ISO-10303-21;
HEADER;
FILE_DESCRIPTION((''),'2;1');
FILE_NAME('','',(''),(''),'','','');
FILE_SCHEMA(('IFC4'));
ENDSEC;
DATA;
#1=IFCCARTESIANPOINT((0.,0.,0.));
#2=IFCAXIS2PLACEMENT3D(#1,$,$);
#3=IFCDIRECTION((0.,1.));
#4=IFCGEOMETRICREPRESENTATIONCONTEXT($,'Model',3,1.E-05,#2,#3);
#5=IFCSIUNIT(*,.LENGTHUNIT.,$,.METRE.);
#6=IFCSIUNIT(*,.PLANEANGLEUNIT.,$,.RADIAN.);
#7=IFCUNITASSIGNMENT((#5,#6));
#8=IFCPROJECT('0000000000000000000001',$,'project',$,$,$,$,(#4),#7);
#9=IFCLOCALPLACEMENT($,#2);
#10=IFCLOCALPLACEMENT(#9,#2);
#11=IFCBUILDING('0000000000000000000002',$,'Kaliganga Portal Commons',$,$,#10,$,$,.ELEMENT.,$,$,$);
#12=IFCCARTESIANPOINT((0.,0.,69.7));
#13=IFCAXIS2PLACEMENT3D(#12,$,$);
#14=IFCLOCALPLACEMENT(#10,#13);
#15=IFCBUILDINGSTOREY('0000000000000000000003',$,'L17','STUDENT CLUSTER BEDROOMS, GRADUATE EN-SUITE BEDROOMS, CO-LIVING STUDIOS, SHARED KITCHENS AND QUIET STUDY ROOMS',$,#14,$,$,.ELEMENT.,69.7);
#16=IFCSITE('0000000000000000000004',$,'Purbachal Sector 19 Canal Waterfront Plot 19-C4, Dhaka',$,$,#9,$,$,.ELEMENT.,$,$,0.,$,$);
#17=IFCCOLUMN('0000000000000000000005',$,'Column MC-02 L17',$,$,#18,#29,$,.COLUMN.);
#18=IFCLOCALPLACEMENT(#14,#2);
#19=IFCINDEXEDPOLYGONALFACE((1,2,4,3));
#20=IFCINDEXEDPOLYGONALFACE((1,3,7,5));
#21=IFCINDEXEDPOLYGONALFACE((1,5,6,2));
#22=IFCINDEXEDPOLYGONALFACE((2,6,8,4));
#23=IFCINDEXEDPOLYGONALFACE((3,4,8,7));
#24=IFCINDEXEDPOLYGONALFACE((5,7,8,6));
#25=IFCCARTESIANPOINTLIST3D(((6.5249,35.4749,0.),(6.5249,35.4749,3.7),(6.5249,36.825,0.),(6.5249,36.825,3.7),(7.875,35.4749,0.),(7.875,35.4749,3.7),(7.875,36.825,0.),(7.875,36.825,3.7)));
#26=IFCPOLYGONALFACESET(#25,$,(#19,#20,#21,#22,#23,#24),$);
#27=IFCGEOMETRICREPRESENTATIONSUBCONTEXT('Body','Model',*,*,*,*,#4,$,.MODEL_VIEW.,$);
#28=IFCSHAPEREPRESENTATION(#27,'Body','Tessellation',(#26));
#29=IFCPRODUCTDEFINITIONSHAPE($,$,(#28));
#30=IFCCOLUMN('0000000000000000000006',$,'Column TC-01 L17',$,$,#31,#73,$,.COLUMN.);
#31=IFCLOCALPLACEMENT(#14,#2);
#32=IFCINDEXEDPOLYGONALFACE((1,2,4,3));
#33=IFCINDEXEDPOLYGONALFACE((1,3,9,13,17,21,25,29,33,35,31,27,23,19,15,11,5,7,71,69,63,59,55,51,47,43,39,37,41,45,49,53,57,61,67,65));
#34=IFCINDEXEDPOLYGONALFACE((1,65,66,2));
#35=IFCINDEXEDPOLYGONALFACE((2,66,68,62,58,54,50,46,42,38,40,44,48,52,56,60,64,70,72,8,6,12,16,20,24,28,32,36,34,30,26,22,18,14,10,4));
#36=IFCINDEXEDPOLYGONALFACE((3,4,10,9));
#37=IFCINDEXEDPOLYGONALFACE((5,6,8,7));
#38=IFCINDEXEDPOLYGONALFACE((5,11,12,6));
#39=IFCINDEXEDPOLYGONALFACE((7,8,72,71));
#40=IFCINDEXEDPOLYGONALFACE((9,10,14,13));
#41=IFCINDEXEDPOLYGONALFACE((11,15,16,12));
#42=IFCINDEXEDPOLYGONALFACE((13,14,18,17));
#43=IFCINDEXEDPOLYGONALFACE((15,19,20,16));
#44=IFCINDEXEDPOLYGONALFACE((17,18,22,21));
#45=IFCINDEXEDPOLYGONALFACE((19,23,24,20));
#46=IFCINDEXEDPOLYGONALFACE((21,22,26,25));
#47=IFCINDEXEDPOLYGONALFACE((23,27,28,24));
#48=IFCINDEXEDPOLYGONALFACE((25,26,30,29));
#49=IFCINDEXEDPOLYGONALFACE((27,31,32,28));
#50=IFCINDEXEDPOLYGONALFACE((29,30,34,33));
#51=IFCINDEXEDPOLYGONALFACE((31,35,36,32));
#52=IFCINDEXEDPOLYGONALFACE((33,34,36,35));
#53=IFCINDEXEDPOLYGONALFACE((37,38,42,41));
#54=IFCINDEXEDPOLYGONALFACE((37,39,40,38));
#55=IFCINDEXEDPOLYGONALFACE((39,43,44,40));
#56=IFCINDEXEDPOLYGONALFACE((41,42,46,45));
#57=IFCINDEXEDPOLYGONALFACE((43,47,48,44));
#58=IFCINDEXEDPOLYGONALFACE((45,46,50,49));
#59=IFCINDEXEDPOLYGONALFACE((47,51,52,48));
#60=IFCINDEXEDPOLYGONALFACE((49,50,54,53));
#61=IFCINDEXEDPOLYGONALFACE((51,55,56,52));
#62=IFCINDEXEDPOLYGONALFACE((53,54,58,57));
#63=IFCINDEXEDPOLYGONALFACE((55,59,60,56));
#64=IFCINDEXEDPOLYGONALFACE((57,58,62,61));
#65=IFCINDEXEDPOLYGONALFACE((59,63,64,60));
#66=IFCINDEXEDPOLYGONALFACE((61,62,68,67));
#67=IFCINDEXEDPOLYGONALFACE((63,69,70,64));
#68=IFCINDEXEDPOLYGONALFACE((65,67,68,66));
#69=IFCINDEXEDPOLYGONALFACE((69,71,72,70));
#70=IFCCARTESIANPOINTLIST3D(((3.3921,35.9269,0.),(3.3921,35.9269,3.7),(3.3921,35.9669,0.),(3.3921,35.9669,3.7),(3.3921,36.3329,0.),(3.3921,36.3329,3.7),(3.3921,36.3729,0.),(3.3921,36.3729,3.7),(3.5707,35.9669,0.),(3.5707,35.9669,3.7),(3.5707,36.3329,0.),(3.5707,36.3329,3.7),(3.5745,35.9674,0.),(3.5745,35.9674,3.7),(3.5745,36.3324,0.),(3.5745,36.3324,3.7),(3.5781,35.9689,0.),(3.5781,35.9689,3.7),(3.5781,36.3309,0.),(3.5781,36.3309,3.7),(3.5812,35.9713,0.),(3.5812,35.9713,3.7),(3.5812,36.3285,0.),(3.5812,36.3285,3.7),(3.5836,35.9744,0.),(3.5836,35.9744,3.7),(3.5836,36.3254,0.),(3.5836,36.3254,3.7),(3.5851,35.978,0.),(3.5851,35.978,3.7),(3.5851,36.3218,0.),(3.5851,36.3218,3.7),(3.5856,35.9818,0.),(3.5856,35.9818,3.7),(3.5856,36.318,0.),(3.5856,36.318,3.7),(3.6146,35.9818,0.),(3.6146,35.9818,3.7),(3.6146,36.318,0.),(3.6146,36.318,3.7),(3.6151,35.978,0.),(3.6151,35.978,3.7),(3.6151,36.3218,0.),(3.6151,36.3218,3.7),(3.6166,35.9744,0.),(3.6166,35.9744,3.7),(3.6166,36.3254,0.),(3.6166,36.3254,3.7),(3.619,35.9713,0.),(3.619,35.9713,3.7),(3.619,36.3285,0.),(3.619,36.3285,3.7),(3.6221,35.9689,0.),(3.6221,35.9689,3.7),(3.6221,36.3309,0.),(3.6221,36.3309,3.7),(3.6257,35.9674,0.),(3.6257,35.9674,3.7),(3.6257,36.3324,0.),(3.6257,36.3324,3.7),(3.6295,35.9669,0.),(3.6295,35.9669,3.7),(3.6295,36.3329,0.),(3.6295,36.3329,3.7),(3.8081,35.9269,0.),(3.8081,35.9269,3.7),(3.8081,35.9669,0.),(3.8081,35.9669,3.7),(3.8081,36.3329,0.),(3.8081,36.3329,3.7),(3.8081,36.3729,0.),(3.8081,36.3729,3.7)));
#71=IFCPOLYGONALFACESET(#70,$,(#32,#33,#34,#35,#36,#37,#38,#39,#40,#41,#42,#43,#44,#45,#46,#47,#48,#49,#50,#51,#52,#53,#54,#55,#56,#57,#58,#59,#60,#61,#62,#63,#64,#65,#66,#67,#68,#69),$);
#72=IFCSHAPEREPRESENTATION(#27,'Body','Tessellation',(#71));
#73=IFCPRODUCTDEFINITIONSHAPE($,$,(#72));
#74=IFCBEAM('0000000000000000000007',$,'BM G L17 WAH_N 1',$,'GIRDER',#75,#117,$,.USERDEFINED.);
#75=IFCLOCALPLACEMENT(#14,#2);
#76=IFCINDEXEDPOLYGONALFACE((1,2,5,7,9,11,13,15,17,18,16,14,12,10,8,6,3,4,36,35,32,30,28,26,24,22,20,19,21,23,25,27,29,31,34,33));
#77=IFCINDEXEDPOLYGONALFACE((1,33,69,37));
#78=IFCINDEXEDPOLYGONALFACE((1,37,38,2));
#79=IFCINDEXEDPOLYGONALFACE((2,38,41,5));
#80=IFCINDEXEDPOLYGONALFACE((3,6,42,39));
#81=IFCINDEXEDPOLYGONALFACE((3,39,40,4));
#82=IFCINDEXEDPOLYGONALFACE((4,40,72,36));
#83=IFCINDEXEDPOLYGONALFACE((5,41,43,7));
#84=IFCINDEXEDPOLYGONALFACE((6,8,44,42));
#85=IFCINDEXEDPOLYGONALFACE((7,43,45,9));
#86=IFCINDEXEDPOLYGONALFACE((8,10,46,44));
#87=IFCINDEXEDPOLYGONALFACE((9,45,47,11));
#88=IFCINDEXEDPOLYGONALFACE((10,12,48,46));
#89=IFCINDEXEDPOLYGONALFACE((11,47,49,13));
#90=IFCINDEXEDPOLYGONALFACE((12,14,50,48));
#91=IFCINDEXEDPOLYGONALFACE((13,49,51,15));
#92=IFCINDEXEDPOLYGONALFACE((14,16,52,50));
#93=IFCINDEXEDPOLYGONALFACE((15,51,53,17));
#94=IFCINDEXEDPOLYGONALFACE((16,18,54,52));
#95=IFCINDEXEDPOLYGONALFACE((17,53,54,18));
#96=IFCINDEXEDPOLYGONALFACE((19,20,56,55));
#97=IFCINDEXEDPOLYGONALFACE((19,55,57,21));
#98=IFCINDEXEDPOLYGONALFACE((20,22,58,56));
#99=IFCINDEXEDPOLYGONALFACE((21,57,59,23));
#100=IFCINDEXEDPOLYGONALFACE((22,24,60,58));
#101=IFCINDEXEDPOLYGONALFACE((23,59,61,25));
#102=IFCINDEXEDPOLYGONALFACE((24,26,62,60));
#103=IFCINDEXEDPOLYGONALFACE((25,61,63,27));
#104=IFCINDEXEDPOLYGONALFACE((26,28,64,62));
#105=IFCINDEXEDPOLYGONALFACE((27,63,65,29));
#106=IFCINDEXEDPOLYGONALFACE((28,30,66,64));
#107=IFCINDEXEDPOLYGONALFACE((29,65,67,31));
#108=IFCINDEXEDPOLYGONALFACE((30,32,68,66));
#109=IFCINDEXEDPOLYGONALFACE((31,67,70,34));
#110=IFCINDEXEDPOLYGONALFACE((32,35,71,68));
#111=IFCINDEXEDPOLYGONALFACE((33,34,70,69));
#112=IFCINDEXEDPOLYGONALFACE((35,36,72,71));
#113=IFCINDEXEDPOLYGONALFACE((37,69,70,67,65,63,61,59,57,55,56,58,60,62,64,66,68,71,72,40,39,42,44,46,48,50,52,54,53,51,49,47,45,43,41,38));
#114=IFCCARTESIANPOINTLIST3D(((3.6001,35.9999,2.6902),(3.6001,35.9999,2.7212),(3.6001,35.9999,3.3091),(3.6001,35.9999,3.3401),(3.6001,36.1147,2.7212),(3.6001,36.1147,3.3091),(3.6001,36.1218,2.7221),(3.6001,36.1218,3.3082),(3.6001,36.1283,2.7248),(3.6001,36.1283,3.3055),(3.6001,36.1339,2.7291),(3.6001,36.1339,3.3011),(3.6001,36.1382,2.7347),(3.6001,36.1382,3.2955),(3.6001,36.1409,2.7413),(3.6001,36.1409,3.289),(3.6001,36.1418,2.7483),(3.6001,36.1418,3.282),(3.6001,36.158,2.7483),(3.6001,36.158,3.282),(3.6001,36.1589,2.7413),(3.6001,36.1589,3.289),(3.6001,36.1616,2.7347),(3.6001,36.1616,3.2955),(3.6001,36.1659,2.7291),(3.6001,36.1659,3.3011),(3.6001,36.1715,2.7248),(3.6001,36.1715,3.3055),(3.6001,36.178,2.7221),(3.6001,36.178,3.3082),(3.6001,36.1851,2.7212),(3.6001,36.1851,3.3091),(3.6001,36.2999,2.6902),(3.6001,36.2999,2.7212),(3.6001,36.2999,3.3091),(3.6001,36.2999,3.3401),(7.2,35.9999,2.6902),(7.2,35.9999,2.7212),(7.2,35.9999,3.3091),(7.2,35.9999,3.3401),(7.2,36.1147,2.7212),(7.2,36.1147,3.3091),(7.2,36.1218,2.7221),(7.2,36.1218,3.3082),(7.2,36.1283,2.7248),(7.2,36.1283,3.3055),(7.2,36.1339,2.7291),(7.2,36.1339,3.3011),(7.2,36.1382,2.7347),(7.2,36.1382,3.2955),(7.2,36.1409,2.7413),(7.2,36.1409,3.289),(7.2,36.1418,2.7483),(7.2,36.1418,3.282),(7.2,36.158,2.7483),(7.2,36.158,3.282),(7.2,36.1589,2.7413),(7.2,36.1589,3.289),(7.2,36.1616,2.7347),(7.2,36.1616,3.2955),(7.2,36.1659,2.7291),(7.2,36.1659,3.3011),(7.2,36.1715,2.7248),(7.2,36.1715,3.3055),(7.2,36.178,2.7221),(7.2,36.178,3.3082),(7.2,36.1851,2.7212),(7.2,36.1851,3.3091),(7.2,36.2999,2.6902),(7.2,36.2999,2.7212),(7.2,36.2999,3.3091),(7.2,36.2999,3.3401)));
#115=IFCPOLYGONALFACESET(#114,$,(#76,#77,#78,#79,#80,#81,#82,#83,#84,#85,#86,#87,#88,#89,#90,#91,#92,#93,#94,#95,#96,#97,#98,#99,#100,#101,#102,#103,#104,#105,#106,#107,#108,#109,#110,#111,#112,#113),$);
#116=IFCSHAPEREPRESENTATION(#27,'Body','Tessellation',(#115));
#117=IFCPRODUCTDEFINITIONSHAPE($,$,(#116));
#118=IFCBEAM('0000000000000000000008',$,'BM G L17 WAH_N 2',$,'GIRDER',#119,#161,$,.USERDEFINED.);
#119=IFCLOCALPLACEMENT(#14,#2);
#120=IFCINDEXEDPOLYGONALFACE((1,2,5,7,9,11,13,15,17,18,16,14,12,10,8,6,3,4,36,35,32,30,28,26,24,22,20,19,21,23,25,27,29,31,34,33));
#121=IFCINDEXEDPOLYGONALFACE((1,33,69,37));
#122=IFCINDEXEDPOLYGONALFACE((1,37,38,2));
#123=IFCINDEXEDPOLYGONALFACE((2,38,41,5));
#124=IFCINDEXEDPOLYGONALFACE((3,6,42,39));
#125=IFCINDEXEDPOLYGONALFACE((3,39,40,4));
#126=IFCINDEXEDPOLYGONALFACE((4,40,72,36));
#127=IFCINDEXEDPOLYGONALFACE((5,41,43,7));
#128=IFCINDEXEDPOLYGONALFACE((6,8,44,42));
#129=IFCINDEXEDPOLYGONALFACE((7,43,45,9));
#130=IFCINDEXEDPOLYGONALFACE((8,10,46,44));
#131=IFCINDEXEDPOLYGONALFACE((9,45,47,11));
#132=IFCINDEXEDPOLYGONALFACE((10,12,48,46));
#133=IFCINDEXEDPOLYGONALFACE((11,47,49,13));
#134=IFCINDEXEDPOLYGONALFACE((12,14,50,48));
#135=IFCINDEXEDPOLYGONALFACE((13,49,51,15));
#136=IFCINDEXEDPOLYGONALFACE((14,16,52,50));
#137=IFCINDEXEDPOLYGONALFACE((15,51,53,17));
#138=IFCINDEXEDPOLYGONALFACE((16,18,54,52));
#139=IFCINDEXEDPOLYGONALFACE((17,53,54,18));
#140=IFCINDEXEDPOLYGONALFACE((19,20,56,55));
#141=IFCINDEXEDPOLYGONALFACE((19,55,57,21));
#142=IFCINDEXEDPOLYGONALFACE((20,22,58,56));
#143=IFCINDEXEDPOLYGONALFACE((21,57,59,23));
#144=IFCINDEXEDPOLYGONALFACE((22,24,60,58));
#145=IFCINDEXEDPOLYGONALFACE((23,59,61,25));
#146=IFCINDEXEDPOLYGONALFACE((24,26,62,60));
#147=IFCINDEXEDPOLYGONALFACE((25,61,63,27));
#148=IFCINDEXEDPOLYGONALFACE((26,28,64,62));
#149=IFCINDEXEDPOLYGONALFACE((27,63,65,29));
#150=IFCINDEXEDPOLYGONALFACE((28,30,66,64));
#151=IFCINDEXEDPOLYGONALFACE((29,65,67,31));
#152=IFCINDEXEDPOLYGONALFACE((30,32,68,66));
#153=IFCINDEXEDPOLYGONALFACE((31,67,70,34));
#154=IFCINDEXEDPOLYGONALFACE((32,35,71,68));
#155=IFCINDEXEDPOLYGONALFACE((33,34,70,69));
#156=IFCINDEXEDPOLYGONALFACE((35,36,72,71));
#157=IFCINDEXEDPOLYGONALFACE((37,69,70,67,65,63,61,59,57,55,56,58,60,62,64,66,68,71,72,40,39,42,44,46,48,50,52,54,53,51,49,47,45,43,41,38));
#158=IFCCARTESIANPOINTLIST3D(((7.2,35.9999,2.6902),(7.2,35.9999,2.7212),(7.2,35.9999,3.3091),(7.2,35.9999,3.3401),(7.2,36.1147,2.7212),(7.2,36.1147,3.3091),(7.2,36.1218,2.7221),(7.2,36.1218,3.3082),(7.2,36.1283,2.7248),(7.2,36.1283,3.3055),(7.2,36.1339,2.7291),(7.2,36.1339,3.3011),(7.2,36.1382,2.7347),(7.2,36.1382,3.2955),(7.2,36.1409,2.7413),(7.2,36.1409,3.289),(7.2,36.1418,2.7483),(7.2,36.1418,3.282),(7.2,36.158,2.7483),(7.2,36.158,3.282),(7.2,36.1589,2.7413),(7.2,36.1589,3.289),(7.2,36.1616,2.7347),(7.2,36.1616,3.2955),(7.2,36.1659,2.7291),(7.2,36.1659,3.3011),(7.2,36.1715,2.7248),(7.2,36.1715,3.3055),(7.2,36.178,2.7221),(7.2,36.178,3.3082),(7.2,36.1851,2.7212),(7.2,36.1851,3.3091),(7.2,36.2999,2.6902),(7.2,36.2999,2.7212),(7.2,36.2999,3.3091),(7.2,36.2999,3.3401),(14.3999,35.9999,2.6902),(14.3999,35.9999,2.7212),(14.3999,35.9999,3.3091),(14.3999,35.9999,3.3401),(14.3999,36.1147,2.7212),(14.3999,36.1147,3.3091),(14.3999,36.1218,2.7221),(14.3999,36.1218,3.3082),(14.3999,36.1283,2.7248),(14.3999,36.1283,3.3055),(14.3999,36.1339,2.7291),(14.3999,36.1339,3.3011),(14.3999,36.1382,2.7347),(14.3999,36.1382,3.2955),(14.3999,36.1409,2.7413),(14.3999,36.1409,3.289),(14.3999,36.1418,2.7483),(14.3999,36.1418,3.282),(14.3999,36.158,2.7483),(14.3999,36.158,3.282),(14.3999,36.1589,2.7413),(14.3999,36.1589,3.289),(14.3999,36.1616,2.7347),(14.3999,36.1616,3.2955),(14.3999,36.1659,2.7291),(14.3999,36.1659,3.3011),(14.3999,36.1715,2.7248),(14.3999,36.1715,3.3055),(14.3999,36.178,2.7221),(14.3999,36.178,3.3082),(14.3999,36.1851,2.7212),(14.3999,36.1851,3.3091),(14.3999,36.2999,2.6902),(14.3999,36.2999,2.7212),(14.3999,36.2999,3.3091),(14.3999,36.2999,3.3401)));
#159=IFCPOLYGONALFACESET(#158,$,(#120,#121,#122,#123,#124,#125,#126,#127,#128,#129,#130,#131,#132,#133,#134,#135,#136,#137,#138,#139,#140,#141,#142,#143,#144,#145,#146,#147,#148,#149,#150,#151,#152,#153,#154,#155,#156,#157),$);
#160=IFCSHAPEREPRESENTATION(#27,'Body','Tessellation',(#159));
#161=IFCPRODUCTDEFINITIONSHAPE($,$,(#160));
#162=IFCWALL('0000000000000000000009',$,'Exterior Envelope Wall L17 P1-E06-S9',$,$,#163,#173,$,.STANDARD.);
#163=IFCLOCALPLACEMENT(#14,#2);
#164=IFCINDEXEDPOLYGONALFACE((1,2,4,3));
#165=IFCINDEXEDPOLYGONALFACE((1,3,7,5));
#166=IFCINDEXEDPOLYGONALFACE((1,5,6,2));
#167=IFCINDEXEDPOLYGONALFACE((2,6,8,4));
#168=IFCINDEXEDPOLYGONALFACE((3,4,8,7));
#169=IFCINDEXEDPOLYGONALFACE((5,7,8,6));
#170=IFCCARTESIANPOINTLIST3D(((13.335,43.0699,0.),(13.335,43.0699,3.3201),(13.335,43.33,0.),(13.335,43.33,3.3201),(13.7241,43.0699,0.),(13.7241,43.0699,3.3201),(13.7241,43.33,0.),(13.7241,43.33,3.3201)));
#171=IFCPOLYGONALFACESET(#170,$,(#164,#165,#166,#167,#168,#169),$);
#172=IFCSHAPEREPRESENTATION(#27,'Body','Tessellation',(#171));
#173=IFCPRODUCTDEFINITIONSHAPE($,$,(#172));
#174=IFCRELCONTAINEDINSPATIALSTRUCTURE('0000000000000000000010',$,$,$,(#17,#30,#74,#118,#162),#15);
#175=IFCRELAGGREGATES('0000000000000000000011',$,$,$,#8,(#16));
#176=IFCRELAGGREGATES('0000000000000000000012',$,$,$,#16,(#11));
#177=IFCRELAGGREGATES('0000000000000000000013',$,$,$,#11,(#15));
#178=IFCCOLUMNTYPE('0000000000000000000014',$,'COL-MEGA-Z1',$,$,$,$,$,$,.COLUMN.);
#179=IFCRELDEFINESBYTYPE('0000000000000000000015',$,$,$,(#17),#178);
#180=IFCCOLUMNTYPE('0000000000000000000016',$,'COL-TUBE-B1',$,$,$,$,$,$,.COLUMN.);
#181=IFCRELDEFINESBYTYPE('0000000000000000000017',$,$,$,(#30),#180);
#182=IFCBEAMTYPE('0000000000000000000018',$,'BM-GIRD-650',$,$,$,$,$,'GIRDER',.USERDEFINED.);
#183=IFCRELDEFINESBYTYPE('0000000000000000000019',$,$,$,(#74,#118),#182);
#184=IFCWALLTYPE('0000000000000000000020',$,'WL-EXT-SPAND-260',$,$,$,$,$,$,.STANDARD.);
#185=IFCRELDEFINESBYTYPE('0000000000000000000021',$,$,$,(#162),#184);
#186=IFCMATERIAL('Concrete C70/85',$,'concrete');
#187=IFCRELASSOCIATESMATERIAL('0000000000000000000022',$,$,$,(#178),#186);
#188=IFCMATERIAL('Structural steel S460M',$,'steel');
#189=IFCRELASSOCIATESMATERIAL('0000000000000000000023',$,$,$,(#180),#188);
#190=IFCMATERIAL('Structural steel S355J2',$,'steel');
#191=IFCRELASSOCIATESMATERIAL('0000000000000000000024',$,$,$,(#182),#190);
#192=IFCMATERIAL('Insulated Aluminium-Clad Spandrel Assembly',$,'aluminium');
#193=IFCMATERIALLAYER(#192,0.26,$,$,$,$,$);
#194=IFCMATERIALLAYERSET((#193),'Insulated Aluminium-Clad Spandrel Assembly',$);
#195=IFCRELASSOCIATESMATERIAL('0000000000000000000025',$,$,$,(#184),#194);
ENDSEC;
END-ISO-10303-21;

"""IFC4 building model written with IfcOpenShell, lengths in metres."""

from ifc_helpers import new_model, si_unit, direction, frame, frame_2d, origin, origin_2d, place, context, subcontext, project, spatial, rectangle, i_section, extrude, source, transform, mapped, material, layer, layer_set, material_profile, profile_set, type_object, element, save


model = new_model("IFC4")

# Units and contexts
model_context = context("Model", 3, precision=1e-05, world=origin(), true_north=direction((0.0, 1.0)))
body_context = subcontext(model_context, "Body", "Model", "MODEL_VIEW")
ifc_project = project(units=[si_unit("LENGTHUNIT", "METRE"), si_unit("PLANEANGLEUNIT", "RADIAN")], contexts=[model_context])

# Site, building, storey
site_placement = place(None, origin())
site = spatial("IfcSite", under=ifc_project, at=site_placement, Name="Purbachal Sector 19 Canal Waterfront Plot 19-C4, Dhaka", CompositionType="ELEMENT", RefElevation=0.0)
building_placement = place(site_placement, origin())
building = spatial("IfcBuilding", under=site, at=building_placement, Name="Kaliganga Portal Commons", CompositionType="ELEMENT")
storey_placement = place(building_placement, frame((0.0, 0.0, 69.7)))
storey = spatial("IfcBuildingStorey", under=building, at=storey_placement, Name="L17", Description="STUDENT CLUSTER BEDROOMS, GRADUATE EN-SUITE BEDROOMS, CO-LIVING STUDIOS, SHARED KITCHENS AND QUIET STUDY ROOMS", CompositionType="ELEMENT", Elevation=69.7)

# Columns
ifc_material_1 = material(Name="Concrete C70/85", Category="concrete")
ifc_material_profile_1 = material_profile(ifc_material_1, rectangle(XDim=1.3501, YDim=1.3501, at=origin_2d()), Name="RC 1350x1350")
ifc_profile_set_1 = profile_set([ifc_material_profile_1], Name="Concrete C70/85")
column_type_1 = type_object("IfcColumnType", Name="COL-MEGA-Z1", PredefinedType="COLUMN", material=ifc_profile_set_1)
shared_shape_1 = source(origin(), body_context, "Body", "SweptSolid", [
    extrude(rectangle(XDim=1.3501, YDim=1.3501, at=origin_2d()), origin(), (0.0, 0.0, 1.0), 3.7),
])
column_1_placement = place(storey_placement, frame((7.2, 36.1499, 0.0), z_axis=(0.0, 0.0, 1.0), x_axis=(1.0, 0.0, 0.0)))
element("IfcColumn", 1, at=column_1_placement, inside=storey, type_object=column_type_1, Name="Column MC-02 L17", PredefinedType="COLUMN", context=body_context, shape_type="MappedRepresentation", body=[
    mapped(shared_shape_1, transform((0.0, 0.0, 0.0), x_axis=(1.0, 0.0, 0.0), y_axis=(0.0, 1.0, 0.0), z_axis=(0.0, 0.0, 1.0), scale=1.0)),
])
ifc_material_2 = material(Name="Structural steel S460M", Category="steel")
ifc_material_profile_2 = material_profile(ifc_material_2, i_section(OverallWidth=0.416, OverallDepth=0.446, WebThickness=0.0291, FlangeThickness=0.04, FilletRadius=0.0149, at=origin_2d()), Name="HD 400x509")
ifc_profile_set_2 = profile_set([ifc_material_profile_2], Name="Structural steel S460M wide-flange")
column_type_2 = type_object("IfcColumnType", Name="COL-TUBE-B1", PredefinedType="COLUMN", material=ifc_profile_set_2)
shared_shape_2 = source(origin(), body_context, "Body", "SweptSolid", [
    extrude(i_section(OverallWidth=0.416, OverallDepth=0.446, WebThickness=0.0291, FlangeThickness=0.04, FilletRadius=0.0149, at=origin_2d()), origin(), (0.0, 0.0, 1.0), 3.7),
])
column_2_placement = place(storey_placement, frame((3.6001, 36.1499, 0.0), z_axis=(0.0, 0.0, 1.0), x_axis=(1.0, 0.0, 0.0)))
element("IfcColumn", 2, at=column_2_placement, inside=storey, type_object=column_type_2, Name="Column TC-01 L17", PredefinedType="COLUMN", context=body_context, shape_type="MappedRepresentation", body=[
    mapped(shared_shape_2, transform((0.0, 0.0, 0.0), x_axis=(1.0, 0.0, 0.0), y_axis=(0.0, 1.0, 0.0), z_axis=(0.0, 0.0, 1.0), scale=1.0)),
])

# Beams
ifc_material_3 = material(Name="Structural steel S355J2", Category="steel")
ifc_material_profile_3 = material_profile(ifc_material_3, i_section(OverallWidth=0.3, OverallDepth=0.6499, WebThickness=0.0161, FlangeThickness=0.031, FilletRadius=0.0271, at=origin_2d()), Name="HE 650 B")
ifc_profile_set_3 = profile_set([ifc_material_profile_3], Name="Structural steel S355J2 wide-flange")
beam_type = type_object("IfcBeamType", Name="BM-GIRD-650", ElementType="GIRDER", PredefinedType="USERDEFINED", material=ifc_profile_set_3)
shared_shape_3 = source(origin(), body_context, "Body", "SweptSolid", [
    extrude(i_section(OverallWidth=0.3, OverallDepth=0.6499, WebThickness=0.0161, FlangeThickness=0.031, FilletRadius=0.0271, at=origin_2d()), origin(), (0.0, 0.0, 1.0), 3.5999),
])
beam_1_placement = place(storey_placement, frame((3.6001, 36.1499, 3.0151), z_axis=(1.0, 0.0, 0.0), x_axis=(0.0, 1.0, 0.0)))
element("IfcBeam", 3, at=beam_1_placement, inside=storey, type_object=beam_type, Name="BM G L17 WAH_N 1", ObjectType="GIRDER", PredefinedType="USERDEFINED", context=body_context, shape_type="MappedRepresentation", body=[
    mapped(shared_shape_3, transform((0.0, 0.0, 0.0), x_axis=(1.0, 0.0, 0.0), y_axis=(0.0, 1.0, 0.0), z_axis=(0.0, 0.0, 1.0), scale=1.0)),
])
shared_shape_4 = source(origin(), body_context, "Body", "SweptSolid", [
    extrude(i_section(OverallWidth=0.3, OverallDepth=0.6499, WebThickness=0.0161, FlangeThickness=0.031, FilletRadius=0.0271, at=origin_2d()), origin(), (0.0, 0.0, 1.0), 7.2),
])
beam_2_placement = place(storey_placement, frame((7.2, 36.1499, 3.0151), z_axis=(1.0, 0.0, 0.0), x_axis=(0.0, 1.0, 0.0)))
element("IfcBeam", 4, at=beam_2_placement, inside=storey, type_object=beam_type, Name="BM G L17 WAH_N 2", ObjectType="GIRDER", PredefinedType="USERDEFINED", context=body_context, shape_type="MappedRepresentation", body=[
    mapped(shared_shape_4, transform((0.0, 0.0, 0.0), x_axis=(1.0, 0.0, 0.0), y_axis=(0.0, 1.0, 0.0), z_axis=(0.0, 0.0, 1.0), scale=1.0)),
])

# Wall
ifc_material_4 = material(Name="Insulated Aluminium-Clad Spandrel Assembly", Category="aluminium")
ifc_layer_1 = layer(ifc_material_4, 0.26)
ifc_layer_set_1 = layer_set([ifc_layer_1], Name="Insulated Aluminium-Clad Spandrel Assembly")
wall_type_1 = type_object("IfcWallType", Name="WL-EXT-SPAND-260", PredefinedType="STANDARD", material=ifc_layer_set_1)
wall_1_placement = place(storey_placement, frame((13.335, 43.2, 0.0), z_axis=(0.0, 0.0, 1.0), x_axis=(1.0, 0.0, 0.0)))
element("IfcWall", 5, at=wall_1_placement, inside=storey, type_object=wall_type_1, Name="Exterior Envelope Wall L17 P1-E06-S9", PredefinedType="STANDARD", context=body_context, shape_type="SweptSolid", body=[
    extrude(rectangle(XDim=0.3892, YDim=0.26, at=frame_2d((0.1946, 0.0))), origin(), (0.0, 0.0, 1.0), 3.3201),
])

save(model, "model.ifc")
